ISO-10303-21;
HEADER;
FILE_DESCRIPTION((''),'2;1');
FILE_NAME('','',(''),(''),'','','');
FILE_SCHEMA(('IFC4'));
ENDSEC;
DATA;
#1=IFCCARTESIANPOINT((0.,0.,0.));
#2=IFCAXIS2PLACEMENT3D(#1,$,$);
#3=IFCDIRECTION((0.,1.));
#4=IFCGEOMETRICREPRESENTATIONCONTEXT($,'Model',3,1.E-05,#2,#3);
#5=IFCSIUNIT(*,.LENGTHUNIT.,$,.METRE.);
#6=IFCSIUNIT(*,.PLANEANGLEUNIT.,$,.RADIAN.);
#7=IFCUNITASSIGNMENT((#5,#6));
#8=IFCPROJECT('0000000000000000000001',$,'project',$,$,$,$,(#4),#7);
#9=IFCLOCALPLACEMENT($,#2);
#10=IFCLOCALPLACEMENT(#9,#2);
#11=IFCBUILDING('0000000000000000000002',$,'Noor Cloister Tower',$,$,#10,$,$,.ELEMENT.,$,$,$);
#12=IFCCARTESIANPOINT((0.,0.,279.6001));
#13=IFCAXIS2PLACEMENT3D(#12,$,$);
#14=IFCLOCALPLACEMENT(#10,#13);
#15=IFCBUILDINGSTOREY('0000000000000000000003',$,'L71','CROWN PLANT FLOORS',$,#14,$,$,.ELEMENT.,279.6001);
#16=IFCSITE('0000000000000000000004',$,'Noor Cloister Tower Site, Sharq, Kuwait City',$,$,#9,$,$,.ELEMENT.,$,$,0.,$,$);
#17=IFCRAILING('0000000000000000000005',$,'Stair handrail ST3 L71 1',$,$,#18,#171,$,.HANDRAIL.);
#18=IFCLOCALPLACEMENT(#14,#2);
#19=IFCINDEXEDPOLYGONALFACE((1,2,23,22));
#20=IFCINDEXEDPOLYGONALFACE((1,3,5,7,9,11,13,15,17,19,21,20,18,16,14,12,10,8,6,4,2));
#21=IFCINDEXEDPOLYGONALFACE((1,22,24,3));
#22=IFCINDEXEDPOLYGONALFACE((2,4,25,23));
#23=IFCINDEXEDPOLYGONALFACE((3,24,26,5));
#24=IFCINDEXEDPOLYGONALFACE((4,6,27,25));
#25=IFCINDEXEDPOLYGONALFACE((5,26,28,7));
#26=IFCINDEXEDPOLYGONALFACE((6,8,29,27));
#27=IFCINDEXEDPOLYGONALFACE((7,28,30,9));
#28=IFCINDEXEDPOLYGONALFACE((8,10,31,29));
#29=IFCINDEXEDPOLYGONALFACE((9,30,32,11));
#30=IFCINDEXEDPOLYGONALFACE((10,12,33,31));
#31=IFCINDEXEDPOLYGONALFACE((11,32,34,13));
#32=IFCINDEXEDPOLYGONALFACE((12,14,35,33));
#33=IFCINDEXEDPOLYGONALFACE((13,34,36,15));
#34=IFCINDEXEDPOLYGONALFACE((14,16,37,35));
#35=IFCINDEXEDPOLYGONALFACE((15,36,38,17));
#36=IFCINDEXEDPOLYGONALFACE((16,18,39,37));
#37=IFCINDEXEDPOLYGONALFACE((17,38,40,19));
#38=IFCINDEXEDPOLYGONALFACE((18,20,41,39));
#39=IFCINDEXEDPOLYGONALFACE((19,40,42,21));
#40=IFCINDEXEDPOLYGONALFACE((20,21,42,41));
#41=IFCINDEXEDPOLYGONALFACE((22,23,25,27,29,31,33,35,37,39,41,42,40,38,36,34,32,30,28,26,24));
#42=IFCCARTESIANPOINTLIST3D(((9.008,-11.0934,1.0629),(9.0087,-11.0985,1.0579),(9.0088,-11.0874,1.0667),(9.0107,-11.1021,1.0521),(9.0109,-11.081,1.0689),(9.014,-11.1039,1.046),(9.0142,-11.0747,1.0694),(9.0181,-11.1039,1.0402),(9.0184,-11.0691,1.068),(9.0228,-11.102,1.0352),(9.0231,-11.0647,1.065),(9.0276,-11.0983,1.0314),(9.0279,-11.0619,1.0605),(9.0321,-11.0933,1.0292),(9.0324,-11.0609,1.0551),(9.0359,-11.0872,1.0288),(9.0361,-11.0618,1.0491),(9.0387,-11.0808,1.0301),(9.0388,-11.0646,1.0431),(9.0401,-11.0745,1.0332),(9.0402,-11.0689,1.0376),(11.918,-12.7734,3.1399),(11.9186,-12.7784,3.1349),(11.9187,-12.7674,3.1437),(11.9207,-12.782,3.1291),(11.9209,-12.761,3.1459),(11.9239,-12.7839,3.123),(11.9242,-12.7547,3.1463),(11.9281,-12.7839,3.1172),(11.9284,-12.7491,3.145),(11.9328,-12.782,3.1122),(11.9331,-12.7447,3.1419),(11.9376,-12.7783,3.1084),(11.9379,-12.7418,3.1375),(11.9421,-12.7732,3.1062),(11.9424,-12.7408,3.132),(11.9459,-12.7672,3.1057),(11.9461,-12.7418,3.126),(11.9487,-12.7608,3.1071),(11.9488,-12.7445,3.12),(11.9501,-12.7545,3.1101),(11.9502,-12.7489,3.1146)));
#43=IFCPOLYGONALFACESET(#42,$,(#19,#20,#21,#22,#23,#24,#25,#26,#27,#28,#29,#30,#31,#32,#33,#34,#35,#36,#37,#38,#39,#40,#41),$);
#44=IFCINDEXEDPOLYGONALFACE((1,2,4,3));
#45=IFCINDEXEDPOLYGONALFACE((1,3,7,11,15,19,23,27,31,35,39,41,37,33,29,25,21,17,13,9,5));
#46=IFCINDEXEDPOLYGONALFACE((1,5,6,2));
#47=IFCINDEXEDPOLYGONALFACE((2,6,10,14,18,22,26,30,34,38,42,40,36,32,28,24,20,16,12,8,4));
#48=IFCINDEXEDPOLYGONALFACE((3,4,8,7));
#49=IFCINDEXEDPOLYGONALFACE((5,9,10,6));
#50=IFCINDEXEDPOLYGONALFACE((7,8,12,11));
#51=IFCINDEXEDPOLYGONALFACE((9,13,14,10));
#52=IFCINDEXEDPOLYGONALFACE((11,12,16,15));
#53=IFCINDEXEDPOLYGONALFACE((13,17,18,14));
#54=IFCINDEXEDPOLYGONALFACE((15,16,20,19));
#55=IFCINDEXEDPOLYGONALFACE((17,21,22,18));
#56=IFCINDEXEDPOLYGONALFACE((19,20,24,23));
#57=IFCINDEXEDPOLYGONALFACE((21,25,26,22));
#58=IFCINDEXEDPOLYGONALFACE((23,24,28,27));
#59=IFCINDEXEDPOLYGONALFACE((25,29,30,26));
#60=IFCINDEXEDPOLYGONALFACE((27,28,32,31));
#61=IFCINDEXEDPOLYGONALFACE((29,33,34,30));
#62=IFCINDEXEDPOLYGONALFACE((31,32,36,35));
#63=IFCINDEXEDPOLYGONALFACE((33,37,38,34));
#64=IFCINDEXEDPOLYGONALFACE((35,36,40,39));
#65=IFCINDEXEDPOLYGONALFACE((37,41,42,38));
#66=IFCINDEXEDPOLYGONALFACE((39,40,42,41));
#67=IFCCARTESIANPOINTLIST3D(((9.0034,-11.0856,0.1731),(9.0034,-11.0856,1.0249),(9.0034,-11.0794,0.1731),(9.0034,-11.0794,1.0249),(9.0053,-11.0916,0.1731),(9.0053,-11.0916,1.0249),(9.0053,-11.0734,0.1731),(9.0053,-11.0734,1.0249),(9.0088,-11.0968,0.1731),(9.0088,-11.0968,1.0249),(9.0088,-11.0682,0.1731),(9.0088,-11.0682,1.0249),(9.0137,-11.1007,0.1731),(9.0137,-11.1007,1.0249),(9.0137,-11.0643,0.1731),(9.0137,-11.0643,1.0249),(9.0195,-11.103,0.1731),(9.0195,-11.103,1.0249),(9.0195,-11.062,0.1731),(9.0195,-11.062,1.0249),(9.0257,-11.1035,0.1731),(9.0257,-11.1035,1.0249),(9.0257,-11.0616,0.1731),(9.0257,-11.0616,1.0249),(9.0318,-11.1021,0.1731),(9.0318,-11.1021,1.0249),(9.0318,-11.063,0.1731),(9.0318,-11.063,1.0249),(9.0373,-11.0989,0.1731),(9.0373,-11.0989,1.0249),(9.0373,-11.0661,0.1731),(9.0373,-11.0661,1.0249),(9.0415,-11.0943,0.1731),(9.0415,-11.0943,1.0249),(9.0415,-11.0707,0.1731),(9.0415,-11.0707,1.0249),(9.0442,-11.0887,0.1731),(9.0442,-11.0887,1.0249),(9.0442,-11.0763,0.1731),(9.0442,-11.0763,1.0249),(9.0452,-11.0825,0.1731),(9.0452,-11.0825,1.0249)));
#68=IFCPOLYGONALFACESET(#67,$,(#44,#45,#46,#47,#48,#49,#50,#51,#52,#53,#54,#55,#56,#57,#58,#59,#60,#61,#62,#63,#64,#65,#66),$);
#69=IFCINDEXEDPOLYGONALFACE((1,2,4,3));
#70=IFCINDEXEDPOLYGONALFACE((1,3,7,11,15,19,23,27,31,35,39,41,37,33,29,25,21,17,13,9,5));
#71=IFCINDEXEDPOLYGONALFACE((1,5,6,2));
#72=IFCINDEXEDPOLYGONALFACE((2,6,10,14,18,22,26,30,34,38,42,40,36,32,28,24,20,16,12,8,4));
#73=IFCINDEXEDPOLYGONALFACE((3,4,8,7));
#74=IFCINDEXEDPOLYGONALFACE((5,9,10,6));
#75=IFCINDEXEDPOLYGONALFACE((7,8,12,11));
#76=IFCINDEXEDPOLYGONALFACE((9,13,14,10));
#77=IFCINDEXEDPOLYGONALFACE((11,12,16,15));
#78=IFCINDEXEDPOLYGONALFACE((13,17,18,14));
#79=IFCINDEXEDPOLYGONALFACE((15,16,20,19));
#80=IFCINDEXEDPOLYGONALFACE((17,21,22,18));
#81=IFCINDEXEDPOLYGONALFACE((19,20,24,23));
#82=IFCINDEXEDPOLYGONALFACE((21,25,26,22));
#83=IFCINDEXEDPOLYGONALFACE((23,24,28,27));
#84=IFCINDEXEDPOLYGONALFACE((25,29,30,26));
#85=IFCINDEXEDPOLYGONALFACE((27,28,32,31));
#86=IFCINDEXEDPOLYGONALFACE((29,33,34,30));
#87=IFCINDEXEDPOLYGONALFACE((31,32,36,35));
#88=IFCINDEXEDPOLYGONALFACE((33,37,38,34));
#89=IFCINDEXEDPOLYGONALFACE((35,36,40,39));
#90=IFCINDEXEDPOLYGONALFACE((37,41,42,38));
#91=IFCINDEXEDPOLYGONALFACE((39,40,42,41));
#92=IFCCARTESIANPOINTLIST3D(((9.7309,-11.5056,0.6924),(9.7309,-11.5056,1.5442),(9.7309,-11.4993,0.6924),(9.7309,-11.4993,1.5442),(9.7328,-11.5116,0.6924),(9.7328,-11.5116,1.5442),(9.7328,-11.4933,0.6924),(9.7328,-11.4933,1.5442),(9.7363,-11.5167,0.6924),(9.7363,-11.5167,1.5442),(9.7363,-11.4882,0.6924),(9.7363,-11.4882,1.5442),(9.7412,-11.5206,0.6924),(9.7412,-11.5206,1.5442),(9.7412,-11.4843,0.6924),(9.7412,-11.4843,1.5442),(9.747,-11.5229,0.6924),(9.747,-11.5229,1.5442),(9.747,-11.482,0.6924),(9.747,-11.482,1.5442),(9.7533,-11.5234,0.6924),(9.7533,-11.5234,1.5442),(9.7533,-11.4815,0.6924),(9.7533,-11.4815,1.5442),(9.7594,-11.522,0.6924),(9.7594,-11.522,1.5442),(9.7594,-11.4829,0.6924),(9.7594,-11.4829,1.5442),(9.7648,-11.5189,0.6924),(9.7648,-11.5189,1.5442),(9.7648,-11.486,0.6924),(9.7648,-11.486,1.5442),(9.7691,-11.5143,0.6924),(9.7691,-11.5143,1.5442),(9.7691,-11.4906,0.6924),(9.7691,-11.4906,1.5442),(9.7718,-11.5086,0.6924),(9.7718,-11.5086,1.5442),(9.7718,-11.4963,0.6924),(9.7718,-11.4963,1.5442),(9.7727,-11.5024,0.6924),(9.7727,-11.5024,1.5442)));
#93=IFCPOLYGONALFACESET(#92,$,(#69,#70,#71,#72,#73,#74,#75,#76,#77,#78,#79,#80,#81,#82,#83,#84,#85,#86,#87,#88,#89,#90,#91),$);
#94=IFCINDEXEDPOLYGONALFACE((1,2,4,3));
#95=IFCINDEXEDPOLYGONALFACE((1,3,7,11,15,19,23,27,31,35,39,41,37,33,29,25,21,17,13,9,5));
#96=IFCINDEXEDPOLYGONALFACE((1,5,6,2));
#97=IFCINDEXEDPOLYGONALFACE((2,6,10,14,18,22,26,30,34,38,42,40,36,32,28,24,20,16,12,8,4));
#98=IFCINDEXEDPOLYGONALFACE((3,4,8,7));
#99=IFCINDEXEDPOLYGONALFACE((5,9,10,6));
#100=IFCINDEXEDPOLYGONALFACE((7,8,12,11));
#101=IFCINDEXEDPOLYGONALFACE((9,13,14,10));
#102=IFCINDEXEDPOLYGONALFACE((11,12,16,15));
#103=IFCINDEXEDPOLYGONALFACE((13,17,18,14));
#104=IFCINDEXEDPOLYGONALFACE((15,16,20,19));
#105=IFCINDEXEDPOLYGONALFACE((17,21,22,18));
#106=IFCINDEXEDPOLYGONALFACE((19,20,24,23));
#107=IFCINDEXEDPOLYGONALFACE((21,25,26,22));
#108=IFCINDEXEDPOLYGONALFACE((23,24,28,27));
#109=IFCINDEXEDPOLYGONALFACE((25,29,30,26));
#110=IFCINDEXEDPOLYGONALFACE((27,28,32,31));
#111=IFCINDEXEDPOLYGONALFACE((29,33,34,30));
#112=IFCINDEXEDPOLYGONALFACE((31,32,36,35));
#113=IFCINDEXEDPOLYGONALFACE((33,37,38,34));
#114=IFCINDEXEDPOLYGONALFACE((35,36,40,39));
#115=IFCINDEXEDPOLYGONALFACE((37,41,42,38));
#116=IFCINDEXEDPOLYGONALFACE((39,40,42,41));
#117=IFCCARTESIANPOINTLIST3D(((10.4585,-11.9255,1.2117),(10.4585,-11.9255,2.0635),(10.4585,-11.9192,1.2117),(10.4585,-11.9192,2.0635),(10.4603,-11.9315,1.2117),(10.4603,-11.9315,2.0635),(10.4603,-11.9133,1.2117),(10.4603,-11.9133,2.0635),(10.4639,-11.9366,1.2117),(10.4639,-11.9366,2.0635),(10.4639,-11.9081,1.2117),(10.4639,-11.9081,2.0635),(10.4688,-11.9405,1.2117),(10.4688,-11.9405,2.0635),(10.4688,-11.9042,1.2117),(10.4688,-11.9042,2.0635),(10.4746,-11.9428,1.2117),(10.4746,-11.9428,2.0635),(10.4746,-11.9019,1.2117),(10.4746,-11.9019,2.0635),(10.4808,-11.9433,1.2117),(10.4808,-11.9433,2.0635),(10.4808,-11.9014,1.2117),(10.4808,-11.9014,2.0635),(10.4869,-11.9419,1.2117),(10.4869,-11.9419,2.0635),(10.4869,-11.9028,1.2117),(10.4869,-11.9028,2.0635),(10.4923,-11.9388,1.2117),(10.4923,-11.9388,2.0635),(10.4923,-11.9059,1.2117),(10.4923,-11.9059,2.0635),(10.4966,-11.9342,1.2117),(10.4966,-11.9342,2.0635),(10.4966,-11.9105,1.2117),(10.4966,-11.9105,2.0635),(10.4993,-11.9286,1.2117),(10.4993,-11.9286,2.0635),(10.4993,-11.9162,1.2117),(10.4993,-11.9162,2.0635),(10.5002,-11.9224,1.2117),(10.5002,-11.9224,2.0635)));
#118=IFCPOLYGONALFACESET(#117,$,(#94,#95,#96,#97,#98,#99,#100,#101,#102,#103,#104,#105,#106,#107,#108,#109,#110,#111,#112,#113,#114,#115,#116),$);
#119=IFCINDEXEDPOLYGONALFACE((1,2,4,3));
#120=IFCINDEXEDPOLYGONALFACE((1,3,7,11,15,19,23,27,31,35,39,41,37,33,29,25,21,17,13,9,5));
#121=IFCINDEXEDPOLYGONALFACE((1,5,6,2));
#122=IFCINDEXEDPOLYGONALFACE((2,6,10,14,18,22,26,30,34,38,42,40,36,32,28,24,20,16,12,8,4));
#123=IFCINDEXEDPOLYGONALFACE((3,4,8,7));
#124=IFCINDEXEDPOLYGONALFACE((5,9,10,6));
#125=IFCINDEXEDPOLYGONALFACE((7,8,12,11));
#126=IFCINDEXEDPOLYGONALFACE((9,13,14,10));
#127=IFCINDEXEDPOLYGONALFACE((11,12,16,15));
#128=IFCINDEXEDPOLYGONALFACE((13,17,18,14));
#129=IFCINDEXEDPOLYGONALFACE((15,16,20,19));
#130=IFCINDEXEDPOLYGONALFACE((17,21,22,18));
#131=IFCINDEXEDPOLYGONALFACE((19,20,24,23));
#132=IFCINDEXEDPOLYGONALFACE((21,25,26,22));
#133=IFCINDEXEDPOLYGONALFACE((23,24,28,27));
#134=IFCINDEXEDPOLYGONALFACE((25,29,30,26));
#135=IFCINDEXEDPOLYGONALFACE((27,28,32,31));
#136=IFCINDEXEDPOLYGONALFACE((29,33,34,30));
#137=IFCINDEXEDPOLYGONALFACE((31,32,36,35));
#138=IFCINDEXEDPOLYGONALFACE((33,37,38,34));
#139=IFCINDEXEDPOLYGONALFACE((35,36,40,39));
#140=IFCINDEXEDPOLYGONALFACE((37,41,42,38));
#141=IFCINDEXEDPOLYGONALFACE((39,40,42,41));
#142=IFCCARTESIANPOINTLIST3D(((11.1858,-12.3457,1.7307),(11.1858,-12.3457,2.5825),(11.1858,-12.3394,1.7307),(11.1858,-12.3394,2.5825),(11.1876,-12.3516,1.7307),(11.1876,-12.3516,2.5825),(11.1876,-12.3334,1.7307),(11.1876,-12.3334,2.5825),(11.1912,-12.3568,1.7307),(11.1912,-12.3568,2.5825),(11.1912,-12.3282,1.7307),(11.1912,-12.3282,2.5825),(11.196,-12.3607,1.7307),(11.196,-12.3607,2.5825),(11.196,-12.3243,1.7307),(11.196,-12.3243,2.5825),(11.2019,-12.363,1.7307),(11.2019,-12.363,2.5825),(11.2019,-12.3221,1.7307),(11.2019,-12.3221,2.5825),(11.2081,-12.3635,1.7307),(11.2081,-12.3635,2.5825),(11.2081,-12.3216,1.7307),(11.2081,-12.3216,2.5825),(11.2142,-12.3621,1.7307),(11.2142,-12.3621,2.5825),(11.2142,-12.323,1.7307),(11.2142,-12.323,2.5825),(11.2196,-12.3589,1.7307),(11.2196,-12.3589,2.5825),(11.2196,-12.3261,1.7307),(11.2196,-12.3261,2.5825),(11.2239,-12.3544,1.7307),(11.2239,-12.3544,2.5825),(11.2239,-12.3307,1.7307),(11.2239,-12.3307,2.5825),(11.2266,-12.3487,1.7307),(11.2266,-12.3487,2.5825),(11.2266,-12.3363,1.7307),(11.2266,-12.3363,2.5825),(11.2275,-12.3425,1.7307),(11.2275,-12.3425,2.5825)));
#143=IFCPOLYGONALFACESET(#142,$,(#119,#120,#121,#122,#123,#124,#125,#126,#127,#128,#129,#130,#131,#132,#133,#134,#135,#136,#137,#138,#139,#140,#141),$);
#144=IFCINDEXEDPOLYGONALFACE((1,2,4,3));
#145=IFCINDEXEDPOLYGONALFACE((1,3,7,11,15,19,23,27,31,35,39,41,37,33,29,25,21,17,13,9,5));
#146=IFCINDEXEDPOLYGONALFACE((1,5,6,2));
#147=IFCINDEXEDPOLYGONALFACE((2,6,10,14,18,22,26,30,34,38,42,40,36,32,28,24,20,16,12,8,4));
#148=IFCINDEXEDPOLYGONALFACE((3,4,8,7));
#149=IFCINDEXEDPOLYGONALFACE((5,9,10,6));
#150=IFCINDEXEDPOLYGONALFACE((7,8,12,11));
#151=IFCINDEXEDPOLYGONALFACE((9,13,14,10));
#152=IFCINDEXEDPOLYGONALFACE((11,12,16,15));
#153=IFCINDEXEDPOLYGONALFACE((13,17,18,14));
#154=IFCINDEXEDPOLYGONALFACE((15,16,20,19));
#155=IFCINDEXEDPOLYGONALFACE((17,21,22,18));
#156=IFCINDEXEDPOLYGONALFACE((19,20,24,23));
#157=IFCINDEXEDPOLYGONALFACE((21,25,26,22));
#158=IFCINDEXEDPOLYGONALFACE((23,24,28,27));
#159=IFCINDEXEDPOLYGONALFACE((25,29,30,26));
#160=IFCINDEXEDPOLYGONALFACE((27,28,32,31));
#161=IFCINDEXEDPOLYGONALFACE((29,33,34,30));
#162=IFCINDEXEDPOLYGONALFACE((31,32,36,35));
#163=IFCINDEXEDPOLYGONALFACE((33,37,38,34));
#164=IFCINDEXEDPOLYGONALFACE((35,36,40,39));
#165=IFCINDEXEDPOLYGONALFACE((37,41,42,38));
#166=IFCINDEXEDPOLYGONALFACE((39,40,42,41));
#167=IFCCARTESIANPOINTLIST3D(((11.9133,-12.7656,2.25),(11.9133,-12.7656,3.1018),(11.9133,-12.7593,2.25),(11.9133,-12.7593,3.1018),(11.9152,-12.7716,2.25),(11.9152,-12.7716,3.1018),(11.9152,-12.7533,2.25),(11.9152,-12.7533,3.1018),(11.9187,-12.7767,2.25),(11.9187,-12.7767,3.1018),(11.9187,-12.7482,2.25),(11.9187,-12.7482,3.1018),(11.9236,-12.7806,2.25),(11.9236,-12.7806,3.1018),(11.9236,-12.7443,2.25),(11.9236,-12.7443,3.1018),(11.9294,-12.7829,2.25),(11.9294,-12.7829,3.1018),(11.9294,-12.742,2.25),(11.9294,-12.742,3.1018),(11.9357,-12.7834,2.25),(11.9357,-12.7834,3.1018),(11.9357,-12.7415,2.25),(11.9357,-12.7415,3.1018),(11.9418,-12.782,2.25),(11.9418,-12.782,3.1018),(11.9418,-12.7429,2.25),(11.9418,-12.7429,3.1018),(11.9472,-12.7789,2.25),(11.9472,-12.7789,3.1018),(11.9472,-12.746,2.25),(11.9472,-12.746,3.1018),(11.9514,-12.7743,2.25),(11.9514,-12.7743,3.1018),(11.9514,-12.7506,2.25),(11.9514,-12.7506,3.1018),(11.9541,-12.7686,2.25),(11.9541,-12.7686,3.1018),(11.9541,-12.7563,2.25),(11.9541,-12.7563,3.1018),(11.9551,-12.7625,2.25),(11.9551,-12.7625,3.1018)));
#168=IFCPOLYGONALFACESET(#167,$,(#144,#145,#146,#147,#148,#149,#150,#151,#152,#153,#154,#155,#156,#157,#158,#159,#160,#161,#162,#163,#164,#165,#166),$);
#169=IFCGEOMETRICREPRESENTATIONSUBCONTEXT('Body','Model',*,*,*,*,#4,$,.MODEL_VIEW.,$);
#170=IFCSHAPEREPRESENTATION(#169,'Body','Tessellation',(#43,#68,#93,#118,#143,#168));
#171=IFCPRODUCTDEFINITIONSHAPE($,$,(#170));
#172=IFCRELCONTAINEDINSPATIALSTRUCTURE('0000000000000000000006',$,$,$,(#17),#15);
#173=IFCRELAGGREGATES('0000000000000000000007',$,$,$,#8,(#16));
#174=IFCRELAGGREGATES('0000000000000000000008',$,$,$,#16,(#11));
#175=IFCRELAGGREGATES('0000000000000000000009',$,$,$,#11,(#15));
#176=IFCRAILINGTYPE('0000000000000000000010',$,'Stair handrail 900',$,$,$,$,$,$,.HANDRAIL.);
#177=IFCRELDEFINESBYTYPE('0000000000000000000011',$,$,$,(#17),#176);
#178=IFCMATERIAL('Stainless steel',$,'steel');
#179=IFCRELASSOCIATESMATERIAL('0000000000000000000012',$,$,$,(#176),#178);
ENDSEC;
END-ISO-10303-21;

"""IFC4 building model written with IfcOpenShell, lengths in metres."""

from ifc_helpers import new_model, si_unit, direction, frame, origin, origin_2d, place, context, subcontext, project, spatial, circle, extrude, material, type_object, element, save


model = new_model("IFC4")

# Units and contexts
model_context = context("Model", 3, precision=1e-05, world=origin(), true_north=direction((0.0, 1.0)))
body_context = subcontext(model_context, "Body", "Model", "MODEL_VIEW")
ifc_project = project(units=[si_unit("LENGTHUNIT", "METRE"), si_unit("PLANEANGLEUNIT", "RADIAN")], contexts=[model_context])

# Site, building, storey
site_placement = place(None, origin())
site = spatial("IfcSite", under=ifc_project, at=site_placement, Name="Noor Cloister Tower Site, Sharq, Kuwait City", CompositionType="ELEMENT", RefElevation=0.0)
building_placement = place(site_placement, origin())
building = spatial("IfcBuilding", under=site, at=building_placement, Name="Noor Cloister Tower", CompositionType="ELEMENT")
storey_placement = place(building_placement, frame((0.0, 0.0, 279.6001)))
storey = spatial("IfcBuildingStorey", under=building, at=storey_placement, Name="L71", Description="CROWN PLANT FLOORS", CompositionType="ELEMENT", Elevation=279.6001)

# Railing
ifc_material_1 = material(Name="Stainless steel", Category="steel")
railing_type_1 = type_object("IfcRailingType", Name="Stair handrail 900", PredefinedType="HANDRAIL", material=ifc_material_1)
railing_1_placement = place(storey_placement, frame((9.0242, -11.0825, 0.1731)))
element("IfcRailing", 1, at=railing_1_placement, inside=storey, type_object=railing_type_1, Name="Stair handrail ST3 L71 1", PredefinedType="HANDRAIL", context=body_context, shape_type="SweptSolid", body=[
    extrude(circle(Radius=0.0239, at=origin_2d()), frame((0.0, 0.0, 0.876), z_axis=(0.736668, -0.425288, 0.525785), x_axis=(0.499976, 0.866039, 0.0)), (0.0, 0.0, 1.0), 3.9502),
    extrude(circle(Radius=0.021, at=origin_2d()), origin(), (0.0, 0.0, 1.0), 0.8518),
    extrude(circle(Radius=0.021, at=origin_2d()), frame((0.7275, -0.4199, 0.5193)), (0.0, 0.0, 1.0), 0.8518),
    extrude(circle(Radius=0.021, at=origin_2d()), frame((1.4551, -0.8398, 1.0386)), (0.0, 0.0, 1.0), 0.8518),
    extrude(circle(Radius=0.021, at=origin_2d()), frame((2.1824, -1.26, 1.5576)), (0.0, 0.0, 1.0), 0.8518),
    extrude(circle(Radius=0.021, at=origin_2d()), frame((2.9099, -1.6799, 2.0769)), (0.0, 0.0, 1.0), 0.8518),
])

save(model, "model.ifc")
